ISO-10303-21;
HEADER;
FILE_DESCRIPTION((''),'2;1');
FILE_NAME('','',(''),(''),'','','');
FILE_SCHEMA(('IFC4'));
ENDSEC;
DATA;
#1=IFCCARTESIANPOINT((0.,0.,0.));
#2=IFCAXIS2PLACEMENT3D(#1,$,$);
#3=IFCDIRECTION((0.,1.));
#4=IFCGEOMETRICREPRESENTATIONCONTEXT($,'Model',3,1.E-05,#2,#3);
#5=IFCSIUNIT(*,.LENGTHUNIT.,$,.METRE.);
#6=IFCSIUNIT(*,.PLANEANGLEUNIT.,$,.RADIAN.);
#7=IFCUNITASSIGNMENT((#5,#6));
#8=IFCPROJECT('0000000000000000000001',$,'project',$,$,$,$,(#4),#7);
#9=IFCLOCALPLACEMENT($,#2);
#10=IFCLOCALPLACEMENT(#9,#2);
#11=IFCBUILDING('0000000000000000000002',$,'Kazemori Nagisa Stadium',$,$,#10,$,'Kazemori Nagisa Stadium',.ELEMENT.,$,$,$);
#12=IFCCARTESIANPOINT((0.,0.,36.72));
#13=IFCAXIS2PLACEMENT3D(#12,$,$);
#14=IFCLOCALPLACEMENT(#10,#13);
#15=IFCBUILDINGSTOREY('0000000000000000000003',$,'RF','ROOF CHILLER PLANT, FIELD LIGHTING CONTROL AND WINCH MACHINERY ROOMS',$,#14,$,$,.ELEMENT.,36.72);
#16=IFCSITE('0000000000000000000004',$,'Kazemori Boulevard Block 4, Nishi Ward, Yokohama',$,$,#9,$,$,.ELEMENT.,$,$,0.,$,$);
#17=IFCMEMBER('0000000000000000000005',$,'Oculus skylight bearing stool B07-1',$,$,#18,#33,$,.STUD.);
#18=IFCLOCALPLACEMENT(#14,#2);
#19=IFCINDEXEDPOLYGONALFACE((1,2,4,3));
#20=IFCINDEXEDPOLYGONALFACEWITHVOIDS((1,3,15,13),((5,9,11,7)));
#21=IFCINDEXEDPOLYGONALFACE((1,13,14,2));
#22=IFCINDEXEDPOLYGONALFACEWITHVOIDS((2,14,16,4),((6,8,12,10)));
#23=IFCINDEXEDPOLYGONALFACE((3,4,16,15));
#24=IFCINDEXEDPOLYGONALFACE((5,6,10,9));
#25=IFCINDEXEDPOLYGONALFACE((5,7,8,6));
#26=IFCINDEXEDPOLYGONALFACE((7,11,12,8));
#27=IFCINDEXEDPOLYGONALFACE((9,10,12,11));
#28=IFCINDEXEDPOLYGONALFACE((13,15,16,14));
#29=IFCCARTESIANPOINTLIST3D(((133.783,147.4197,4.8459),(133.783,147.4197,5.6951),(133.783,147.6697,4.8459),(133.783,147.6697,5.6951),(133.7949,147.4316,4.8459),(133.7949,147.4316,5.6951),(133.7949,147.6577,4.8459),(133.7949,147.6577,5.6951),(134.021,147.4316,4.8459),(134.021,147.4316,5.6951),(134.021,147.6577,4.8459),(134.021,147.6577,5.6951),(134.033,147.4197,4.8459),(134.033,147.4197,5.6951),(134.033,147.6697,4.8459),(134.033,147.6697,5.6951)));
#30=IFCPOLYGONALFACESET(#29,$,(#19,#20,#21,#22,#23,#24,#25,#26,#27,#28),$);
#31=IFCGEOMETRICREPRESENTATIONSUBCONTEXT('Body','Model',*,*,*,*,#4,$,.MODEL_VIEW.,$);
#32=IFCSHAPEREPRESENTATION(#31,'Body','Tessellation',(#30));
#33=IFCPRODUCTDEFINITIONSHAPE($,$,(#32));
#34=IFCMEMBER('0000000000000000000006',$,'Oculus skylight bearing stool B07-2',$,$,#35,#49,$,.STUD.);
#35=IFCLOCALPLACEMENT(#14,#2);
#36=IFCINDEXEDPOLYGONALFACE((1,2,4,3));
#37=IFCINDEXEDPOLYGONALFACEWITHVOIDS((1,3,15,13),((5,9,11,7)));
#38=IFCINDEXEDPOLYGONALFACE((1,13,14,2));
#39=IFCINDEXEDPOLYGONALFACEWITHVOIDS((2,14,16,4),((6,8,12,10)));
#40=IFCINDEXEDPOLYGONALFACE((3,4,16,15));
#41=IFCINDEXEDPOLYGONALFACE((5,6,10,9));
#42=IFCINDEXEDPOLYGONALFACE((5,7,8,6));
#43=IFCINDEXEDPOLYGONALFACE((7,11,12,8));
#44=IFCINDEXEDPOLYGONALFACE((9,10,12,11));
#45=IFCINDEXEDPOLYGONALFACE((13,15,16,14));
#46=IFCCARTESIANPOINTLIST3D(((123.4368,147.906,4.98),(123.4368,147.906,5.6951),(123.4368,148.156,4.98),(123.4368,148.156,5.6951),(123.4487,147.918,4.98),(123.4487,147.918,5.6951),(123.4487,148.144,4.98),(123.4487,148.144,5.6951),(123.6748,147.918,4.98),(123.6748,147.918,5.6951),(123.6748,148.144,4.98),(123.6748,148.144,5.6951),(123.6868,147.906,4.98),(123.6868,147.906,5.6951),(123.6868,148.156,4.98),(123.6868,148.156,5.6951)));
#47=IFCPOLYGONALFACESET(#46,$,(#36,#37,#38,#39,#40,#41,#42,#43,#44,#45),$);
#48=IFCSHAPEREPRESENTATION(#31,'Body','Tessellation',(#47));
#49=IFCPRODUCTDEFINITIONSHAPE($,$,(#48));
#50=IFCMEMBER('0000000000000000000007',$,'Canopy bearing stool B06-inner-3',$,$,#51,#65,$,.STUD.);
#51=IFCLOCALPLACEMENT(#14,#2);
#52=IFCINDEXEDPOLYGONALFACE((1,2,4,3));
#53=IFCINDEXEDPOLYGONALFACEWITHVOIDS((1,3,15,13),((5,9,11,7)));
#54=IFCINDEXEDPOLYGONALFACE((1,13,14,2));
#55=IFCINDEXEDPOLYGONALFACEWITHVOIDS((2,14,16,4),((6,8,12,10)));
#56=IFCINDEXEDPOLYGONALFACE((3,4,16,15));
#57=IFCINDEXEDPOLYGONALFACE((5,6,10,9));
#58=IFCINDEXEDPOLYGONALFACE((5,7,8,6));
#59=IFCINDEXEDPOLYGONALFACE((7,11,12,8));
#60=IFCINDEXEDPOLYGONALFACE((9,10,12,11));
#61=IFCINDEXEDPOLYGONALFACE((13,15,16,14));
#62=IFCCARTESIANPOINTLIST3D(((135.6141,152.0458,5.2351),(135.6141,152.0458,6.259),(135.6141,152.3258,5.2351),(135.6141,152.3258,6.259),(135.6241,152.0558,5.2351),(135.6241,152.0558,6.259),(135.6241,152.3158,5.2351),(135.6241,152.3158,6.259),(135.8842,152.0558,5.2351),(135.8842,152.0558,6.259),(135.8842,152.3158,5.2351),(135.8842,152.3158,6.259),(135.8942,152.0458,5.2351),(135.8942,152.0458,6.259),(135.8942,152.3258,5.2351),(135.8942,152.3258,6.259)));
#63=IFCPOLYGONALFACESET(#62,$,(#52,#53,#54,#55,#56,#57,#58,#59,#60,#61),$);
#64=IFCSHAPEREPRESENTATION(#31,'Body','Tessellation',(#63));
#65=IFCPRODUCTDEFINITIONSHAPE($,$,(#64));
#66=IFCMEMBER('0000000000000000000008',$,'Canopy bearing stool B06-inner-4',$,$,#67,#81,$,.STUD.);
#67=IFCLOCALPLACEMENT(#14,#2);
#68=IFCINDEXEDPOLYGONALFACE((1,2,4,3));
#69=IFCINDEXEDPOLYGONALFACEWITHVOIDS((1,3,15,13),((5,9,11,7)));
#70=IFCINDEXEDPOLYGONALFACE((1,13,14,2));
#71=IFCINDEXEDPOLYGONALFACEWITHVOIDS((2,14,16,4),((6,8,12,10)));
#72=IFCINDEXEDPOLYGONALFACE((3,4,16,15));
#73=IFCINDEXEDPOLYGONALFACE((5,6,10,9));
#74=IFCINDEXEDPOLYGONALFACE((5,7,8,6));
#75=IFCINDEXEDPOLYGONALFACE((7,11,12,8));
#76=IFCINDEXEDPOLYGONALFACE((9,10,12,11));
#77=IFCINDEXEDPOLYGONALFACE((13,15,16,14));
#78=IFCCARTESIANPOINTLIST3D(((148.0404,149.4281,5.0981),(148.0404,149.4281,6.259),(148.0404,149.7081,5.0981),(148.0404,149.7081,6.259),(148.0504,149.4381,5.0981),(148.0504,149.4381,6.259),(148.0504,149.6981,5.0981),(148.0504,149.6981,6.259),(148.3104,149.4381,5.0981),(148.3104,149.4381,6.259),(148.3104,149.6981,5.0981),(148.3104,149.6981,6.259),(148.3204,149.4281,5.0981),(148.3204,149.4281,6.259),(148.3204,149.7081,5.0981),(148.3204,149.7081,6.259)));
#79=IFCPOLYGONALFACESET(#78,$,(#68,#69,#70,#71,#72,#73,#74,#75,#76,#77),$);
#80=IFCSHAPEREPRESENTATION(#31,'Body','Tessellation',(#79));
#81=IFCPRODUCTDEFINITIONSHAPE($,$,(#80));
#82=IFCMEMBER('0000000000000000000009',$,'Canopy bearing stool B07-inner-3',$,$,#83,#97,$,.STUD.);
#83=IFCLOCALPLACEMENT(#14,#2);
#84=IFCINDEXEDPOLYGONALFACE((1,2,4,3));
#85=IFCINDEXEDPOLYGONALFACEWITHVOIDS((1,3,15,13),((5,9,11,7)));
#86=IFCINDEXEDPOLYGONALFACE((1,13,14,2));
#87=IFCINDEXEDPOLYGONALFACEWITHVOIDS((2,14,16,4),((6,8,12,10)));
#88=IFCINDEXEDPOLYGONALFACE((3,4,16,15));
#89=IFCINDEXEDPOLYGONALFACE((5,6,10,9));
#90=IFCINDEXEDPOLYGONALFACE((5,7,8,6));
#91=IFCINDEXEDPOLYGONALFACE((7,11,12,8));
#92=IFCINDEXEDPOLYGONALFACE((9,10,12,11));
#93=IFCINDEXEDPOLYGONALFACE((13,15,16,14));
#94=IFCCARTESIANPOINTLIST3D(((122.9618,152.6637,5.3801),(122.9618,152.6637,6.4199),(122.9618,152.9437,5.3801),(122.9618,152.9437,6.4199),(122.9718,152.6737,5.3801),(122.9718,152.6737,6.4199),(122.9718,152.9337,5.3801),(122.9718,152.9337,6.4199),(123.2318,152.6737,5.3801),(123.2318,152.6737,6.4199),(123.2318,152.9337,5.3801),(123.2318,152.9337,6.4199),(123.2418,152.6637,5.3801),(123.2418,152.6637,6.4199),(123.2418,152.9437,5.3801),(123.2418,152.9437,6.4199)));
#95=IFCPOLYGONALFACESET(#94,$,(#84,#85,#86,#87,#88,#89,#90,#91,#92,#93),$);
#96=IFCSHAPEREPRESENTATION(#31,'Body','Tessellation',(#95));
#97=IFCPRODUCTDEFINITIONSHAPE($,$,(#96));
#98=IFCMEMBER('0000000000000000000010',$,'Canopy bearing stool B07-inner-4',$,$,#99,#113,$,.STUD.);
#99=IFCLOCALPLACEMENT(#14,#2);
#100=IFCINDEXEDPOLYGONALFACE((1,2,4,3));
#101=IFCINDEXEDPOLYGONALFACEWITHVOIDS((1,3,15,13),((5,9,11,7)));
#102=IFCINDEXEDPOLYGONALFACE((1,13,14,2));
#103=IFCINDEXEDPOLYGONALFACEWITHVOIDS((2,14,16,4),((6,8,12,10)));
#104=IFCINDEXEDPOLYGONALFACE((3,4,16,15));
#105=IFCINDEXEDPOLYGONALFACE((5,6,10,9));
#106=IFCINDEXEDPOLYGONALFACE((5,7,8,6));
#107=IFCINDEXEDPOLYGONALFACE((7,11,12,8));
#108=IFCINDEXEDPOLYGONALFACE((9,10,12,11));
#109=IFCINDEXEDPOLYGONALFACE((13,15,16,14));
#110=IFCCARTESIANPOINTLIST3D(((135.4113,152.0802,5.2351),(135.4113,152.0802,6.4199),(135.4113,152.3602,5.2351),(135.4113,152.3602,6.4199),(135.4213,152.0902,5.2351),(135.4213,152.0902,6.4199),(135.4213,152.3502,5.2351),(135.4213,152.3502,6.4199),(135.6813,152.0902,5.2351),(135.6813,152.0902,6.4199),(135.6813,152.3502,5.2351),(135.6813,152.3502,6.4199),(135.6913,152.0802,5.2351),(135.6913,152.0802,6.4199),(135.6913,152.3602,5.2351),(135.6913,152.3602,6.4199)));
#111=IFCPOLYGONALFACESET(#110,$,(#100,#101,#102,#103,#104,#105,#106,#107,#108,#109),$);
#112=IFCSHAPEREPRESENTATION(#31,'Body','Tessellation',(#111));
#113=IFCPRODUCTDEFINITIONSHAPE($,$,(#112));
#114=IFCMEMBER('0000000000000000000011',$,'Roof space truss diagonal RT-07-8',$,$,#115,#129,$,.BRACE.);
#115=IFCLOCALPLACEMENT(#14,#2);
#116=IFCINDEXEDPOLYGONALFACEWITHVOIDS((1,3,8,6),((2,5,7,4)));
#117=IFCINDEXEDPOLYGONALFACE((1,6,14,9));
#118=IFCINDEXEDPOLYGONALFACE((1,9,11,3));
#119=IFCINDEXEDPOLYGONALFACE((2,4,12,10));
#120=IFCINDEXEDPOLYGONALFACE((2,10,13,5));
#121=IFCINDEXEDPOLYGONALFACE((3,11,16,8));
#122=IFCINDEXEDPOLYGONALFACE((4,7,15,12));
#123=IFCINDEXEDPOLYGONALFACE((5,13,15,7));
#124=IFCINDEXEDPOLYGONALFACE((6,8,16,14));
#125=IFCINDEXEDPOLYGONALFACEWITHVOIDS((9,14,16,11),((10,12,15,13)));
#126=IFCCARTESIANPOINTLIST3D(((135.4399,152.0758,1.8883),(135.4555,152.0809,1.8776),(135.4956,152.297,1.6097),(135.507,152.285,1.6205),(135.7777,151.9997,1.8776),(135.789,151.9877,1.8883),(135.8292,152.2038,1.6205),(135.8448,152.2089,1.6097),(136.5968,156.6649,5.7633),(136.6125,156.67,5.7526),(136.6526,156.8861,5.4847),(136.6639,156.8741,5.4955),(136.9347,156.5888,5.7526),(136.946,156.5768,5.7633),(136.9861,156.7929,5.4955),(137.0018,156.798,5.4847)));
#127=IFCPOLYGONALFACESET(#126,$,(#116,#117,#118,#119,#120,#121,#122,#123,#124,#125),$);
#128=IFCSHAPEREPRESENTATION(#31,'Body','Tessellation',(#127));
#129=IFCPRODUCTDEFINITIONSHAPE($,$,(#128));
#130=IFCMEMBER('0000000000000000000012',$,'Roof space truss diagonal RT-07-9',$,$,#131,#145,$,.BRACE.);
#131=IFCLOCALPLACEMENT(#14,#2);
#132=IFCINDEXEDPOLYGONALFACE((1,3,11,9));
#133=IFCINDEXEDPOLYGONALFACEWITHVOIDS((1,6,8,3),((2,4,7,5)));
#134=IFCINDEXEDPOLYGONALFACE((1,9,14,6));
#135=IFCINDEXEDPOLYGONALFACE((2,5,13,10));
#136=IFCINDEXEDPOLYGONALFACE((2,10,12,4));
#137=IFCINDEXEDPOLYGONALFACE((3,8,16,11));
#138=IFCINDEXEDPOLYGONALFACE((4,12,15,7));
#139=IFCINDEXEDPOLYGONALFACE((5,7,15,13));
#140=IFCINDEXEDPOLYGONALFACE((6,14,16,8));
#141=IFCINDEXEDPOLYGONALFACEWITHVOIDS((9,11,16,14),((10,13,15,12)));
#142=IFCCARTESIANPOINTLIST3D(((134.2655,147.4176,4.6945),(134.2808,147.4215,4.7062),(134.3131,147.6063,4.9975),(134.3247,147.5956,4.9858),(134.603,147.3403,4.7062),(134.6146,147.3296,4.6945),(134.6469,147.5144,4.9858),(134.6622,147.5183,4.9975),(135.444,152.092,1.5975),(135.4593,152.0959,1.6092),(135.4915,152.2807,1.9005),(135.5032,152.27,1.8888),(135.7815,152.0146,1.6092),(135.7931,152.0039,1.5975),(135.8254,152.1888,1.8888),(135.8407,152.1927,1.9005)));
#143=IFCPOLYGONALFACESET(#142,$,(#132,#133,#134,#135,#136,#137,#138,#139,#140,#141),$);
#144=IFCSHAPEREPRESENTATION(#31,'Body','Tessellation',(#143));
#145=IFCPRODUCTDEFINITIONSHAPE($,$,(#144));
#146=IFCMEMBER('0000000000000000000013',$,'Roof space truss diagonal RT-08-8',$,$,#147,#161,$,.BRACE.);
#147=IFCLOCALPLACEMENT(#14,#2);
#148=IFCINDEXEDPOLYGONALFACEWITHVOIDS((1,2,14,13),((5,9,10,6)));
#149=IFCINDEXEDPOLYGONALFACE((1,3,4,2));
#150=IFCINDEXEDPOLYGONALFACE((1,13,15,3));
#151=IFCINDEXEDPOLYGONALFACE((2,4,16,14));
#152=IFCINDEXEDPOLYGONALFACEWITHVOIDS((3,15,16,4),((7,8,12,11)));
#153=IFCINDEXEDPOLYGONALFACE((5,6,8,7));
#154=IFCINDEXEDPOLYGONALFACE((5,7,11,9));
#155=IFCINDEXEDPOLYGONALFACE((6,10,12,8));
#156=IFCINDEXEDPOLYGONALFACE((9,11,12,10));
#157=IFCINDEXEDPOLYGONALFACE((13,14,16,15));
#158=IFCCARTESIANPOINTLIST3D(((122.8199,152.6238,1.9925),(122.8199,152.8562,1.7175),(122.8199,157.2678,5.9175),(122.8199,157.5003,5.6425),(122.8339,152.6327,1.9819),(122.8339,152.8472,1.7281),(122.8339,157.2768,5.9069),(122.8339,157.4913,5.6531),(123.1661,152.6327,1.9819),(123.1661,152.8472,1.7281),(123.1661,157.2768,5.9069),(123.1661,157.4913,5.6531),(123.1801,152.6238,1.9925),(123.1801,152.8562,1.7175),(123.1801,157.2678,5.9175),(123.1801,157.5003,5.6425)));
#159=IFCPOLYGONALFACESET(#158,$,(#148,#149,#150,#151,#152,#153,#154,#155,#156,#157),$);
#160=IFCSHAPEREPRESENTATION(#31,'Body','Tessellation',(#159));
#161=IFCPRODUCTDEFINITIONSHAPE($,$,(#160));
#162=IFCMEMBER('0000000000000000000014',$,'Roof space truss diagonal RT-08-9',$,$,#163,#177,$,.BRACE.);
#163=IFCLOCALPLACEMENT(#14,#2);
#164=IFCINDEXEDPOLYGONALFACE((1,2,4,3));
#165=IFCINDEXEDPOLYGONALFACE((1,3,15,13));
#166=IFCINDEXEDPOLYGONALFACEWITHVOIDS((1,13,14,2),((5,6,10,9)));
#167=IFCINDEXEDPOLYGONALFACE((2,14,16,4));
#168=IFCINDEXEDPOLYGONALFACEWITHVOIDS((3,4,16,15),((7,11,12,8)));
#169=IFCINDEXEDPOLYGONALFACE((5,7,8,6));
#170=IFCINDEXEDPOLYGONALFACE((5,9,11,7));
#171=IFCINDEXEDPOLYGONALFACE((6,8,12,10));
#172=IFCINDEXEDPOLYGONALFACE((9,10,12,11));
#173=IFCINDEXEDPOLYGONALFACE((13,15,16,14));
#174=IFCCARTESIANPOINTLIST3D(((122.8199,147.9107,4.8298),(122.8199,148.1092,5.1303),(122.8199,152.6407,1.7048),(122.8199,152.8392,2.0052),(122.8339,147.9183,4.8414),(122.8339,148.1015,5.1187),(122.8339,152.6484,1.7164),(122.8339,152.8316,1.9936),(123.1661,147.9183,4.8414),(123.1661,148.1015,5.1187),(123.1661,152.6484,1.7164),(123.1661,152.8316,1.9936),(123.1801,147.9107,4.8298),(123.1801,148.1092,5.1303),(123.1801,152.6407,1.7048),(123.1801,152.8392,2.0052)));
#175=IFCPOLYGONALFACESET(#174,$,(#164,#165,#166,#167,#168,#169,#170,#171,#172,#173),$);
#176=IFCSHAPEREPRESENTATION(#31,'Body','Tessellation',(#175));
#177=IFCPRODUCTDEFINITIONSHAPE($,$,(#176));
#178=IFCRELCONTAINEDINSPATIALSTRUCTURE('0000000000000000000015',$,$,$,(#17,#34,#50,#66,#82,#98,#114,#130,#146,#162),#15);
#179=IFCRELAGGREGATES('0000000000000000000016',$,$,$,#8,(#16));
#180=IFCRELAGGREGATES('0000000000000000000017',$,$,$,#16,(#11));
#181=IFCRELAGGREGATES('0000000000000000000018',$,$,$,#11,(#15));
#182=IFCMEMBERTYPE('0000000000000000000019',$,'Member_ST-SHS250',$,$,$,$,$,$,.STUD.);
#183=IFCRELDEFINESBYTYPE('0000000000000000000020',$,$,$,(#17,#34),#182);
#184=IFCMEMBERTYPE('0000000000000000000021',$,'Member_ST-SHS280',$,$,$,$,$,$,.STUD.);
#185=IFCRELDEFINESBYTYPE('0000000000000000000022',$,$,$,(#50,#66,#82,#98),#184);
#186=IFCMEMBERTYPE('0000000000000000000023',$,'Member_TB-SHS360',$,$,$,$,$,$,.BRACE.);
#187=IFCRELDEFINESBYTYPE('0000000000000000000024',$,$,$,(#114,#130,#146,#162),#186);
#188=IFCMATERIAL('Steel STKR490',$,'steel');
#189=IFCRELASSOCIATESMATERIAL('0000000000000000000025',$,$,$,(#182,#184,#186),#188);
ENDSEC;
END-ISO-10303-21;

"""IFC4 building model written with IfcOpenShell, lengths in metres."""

from ifc_helpers import new_model, si_unit, direction, frame, origin, origin_2d, place, context, subcontext, project, spatial, hollow_rectangle, extrude, material, material_profile, profile_set, type_object, element, save


model = new_model("IFC4")

# Units and contexts
model_context = context("Model", 3, precision=1e-05, world=origin(), true_north=direction((0.0, 1.0)))
body_context = subcontext(model_context, "Body", "Model", "MODEL_VIEW")
ifc_project = project(units=[si_unit("LENGTHUNIT", "METRE"), si_unit("PLANEANGLEUNIT", "RADIAN")], contexts=[model_context])

# Site, building, storey
site_placement = place(None, origin())
site = spatial("IfcSite", under=ifc_project, at=site_placement, Name="Kazemori Boulevard Block 4, Nishi Ward, Yokohama", CompositionType="ELEMENT", RefElevation=0.0)
building_placement = place(site_placement, origin())
building = spatial("IfcBuilding", under=site, at=building_placement, Name="Kazemori Nagisa Stadium", LongName="Kazemori Nagisa Stadium", CompositionType="ELEMENT")
storey_placement = place(building_placement, frame((0.0, 0.0, 36.72)))
storey = spatial("IfcBuildingStorey", under=building, at=storey_placement, Name="RF", Description="ROOF CHILLER PLANT, FIELD LIGHTING CONTROL AND WINCH MACHINERY ROOMS", CompositionType="ELEMENT", Elevation=36.72)

# Members
ifc_material = material(Name="Steel STKR490", Category="steel")
ifc_material_profile_1 = material_profile(ifc_material, hollow_rectangle(XDim=0.25, YDim=0.25, WallThickness=0.012, at=origin_2d()), Name="SHS-250x250x12")
ifc_profile_set_1 = profile_set([ifc_material_profile_1], Name="Steel STKR490")
member_type_1 = type_object("IfcMemberType", Name="Member_ST-SHS250", PredefinedType="STUD", material=ifc_profile_set_1)
member_1_placement = place(storey_placement, frame((133.908, 147.5447, 4.8459), z_axis=(0.0, 0.0, 1.0), x_axis=(1.0, 0.0, 0.0)))
element("IfcMember", 1, at=member_1_placement, inside=storey, type_object=member_type_1, Name="Oculus skylight bearing stool B07-1", PredefinedType="STUD", context=body_context, shape_type="SweptSolid", body=[
    extrude(hollow_rectangle(XDim=0.25, YDim=0.25, WallThickness=0.012, at=origin_2d()), origin(), (0.0, 0.0, 1.0), 0.8491),
])
member_2_placement = place(storey_placement, frame((123.5618, 148.031, 4.98), z_axis=(0.0, 0.0, 1.0), x_axis=(1.0, 0.0, 0.0)))
element("IfcMember", 2, at=member_2_placement, inside=storey, type_object=member_type_1, Name="Oculus skylight bearing stool B07-2", PredefinedType="STUD", context=body_context, shape_type="SweptSolid", body=[
    extrude(hollow_rectangle(XDim=0.25, YDim=0.25, WallThickness=0.012, at=origin_2d()), origin(), (0.0, 0.0, 1.0), 0.7151),
])
ifc_material_profile_2 = material_profile(ifc_material, hollow_rectangle(XDim=0.28, YDim=0.28, WallThickness=0.01, at=origin_2d()), Name="SHS-280x280x10")
ifc_profile_set_2 = profile_set([ifc_material_profile_2], Name="Steel STKR490")
member_type_2 = type_object("IfcMemberType", Name="Member_ST-SHS280", PredefinedType="STUD", material=ifc_profile_set_2)
member_3_placement = place(storey_placement, frame((135.7542, 152.1858, 5.2351), z_axis=(0.0, 0.0, 1.0), x_axis=(1.0, 0.0, 0.0)))
element("IfcMember", 3, at=member_3_placement, inside=storey, type_object=member_type_2, Name="Canopy bearing stool B06-inner-3", PredefinedType="STUD", context=body_context, shape_type="SweptSolid", body=[
    extrude(hollow_rectangle(XDim=0.28, YDim=0.28, WallThickness=0.01, at=origin_2d()), origin(), (0.0, 0.0, 1.0), 1.0239),
])
member_4_placement = place(storey_placement, frame((148.1804, 149.5681, 5.0981), z_axis=(0.0, 0.0, 1.0), x_axis=(1.0, 0.0, 0.0)))
element("IfcMember", 4, at=member_4_placement, inside=storey, type_object=member_type_2, Name="Canopy bearing stool B06-inner-4", PredefinedType="STUD", context=body_context, shape_type="SweptSolid", body=[
    extrude(hollow_rectangle(XDim=0.28, YDim=0.28, WallThickness=0.01, at=origin_2d()), origin(), (0.0, 0.0, 1.0), 1.1609),
])
member_5_placement = place(storey_placement, frame((123.1018, 152.8037, 5.3801), z_axis=(0.0, 0.0, 1.0), x_axis=(1.0, 0.0, 0.0)))
element("IfcMember", 5, at=member_5_placement, inside=storey, type_object=member_type_2, Name="Canopy bearing stool B07-inner-3", PredefinedType="STUD", context=body_context, shape_type="SweptSolid", body=[
    extrude(hollow_rectangle(XDim=0.28, YDim=0.28, WallThickness=0.01, at=origin_2d()), origin(), (0.0, 0.0, 1.0), 1.0398),
])
member_6_placement = place(storey_placement, frame((135.5513, 152.2202, 5.2351), z_axis=(0.0, 0.0, 1.0), x_axis=(1.0, 0.0, 0.0)))
element("IfcMember", 6, at=member_6_placement, inside=storey, type_object=member_type_2, Name="Canopy bearing stool B07-inner-4", PredefinedType="STUD", context=body_context, shape_type="SweptSolid", body=[
    extrude(hollow_rectangle(XDim=0.28, YDim=0.28, WallThickness=0.01, at=origin_2d()), origin(), (0.0, 0.0, 1.0), 1.1848),
])
ifc_material_profile_3 = material_profile(ifc_material, hollow_rectangle(XDim=0.3601, YDim=0.3601, WallThickness=0.0139, at=origin_2d()), Name="SHS-360x360x14")
ifc_profile_set_3 = profile_set([ifc_material_profile_3], Name="Steel STKR490")
member_type_3 = type_object("IfcMemberType", Name="Member_TB-SHS360", PredefinedType="BRACE", material=ifc_profile_set_3)
member_7_placement = place(storey_placement, frame((136.7993, 156.7314, 5.624), z_axis=(-0.189151, -0.750258, -0.63351), x_axis=(0.969658, -0.244465, 0.0)))
element("IfcMember", 7, at=member_7_placement, inside=storey, type_object=member_type_3, Name="Roof space truss diagonal RT-07-8", PredefinedType="BRACE", context=body_context, shape_type="SweptSolid", body=[
    extrude(hollow_rectangle(XDim=0.3601, YDim=0.3601, WallThickness=0.0139, at=origin_2d()), origin(), (0.0, 0.0, 1.0), 6.1167),
])
member_8_placement = place(storey_placement, frame((135.6423, 152.1423, 1.749), z_axis=(-0.205678, -0.815811, 0.540508), x_axis=(0.969658, -0.244466, 0.0)))
element("IfcMember", 8, at=member_8_placement, inside=storey, type_object=member_type_3, Name="Roof space truss diagonal RT-07-9", PredefinedType="BRACE", context=body_context, shape_type="SweptSolid", body=[
    extrude(hollow_rectangle(XDim=0.3601, YDim=0.3601, WallThickness=0.0139, at=origin_2d()), origin(), (0.0, 0.0, 1.0), 5.7297),
])
member_9_placement = place(storey_placement, frame((123.0, 157.384, 5.78), z_axis=(0.0, -0.763753, -0.645508), x_axis=(1.0, 0.0, 0.0)))
element("IfcMember", 9, at=member_9_placement, inside=storey, type_object=member_type_3, Name="Roof space truss diagonal RT-08-8", PredefinedType="BRACE", context=body_context, shape_type="SweptSolid", body=[
    extrude(hollow_rectangle(XDim=0.3601, YDim=0.3601, WallThickness=0.0139, at=origin_2d()), origin(), (0.0, 0.0, 1.0), 6.0806),
])
member_10_placement = place(storey_placement, frame((123.0, 152.74, 1.855), z_axis=(0.0, -0.834349, 0.551237), x_axis=(1.0, 0.0, 0.0)))
element("IfcMember", 10, at=member_10_placement, inside=storey, type_object=member_type_3, Name="Roof space truss diagonal RT-08-9", PredefinedType="BRACE", context=body_context, shape_type="SweptSolid", body=[
    extrude(hollow_rectangle(XDim=0.3601, YDim=0.3601, WallThickness=0.0139, at=origin_2d()), origin(), (0.0, 0.0, 1.0), 5.6692),
])

save(model, "model.ifc")
